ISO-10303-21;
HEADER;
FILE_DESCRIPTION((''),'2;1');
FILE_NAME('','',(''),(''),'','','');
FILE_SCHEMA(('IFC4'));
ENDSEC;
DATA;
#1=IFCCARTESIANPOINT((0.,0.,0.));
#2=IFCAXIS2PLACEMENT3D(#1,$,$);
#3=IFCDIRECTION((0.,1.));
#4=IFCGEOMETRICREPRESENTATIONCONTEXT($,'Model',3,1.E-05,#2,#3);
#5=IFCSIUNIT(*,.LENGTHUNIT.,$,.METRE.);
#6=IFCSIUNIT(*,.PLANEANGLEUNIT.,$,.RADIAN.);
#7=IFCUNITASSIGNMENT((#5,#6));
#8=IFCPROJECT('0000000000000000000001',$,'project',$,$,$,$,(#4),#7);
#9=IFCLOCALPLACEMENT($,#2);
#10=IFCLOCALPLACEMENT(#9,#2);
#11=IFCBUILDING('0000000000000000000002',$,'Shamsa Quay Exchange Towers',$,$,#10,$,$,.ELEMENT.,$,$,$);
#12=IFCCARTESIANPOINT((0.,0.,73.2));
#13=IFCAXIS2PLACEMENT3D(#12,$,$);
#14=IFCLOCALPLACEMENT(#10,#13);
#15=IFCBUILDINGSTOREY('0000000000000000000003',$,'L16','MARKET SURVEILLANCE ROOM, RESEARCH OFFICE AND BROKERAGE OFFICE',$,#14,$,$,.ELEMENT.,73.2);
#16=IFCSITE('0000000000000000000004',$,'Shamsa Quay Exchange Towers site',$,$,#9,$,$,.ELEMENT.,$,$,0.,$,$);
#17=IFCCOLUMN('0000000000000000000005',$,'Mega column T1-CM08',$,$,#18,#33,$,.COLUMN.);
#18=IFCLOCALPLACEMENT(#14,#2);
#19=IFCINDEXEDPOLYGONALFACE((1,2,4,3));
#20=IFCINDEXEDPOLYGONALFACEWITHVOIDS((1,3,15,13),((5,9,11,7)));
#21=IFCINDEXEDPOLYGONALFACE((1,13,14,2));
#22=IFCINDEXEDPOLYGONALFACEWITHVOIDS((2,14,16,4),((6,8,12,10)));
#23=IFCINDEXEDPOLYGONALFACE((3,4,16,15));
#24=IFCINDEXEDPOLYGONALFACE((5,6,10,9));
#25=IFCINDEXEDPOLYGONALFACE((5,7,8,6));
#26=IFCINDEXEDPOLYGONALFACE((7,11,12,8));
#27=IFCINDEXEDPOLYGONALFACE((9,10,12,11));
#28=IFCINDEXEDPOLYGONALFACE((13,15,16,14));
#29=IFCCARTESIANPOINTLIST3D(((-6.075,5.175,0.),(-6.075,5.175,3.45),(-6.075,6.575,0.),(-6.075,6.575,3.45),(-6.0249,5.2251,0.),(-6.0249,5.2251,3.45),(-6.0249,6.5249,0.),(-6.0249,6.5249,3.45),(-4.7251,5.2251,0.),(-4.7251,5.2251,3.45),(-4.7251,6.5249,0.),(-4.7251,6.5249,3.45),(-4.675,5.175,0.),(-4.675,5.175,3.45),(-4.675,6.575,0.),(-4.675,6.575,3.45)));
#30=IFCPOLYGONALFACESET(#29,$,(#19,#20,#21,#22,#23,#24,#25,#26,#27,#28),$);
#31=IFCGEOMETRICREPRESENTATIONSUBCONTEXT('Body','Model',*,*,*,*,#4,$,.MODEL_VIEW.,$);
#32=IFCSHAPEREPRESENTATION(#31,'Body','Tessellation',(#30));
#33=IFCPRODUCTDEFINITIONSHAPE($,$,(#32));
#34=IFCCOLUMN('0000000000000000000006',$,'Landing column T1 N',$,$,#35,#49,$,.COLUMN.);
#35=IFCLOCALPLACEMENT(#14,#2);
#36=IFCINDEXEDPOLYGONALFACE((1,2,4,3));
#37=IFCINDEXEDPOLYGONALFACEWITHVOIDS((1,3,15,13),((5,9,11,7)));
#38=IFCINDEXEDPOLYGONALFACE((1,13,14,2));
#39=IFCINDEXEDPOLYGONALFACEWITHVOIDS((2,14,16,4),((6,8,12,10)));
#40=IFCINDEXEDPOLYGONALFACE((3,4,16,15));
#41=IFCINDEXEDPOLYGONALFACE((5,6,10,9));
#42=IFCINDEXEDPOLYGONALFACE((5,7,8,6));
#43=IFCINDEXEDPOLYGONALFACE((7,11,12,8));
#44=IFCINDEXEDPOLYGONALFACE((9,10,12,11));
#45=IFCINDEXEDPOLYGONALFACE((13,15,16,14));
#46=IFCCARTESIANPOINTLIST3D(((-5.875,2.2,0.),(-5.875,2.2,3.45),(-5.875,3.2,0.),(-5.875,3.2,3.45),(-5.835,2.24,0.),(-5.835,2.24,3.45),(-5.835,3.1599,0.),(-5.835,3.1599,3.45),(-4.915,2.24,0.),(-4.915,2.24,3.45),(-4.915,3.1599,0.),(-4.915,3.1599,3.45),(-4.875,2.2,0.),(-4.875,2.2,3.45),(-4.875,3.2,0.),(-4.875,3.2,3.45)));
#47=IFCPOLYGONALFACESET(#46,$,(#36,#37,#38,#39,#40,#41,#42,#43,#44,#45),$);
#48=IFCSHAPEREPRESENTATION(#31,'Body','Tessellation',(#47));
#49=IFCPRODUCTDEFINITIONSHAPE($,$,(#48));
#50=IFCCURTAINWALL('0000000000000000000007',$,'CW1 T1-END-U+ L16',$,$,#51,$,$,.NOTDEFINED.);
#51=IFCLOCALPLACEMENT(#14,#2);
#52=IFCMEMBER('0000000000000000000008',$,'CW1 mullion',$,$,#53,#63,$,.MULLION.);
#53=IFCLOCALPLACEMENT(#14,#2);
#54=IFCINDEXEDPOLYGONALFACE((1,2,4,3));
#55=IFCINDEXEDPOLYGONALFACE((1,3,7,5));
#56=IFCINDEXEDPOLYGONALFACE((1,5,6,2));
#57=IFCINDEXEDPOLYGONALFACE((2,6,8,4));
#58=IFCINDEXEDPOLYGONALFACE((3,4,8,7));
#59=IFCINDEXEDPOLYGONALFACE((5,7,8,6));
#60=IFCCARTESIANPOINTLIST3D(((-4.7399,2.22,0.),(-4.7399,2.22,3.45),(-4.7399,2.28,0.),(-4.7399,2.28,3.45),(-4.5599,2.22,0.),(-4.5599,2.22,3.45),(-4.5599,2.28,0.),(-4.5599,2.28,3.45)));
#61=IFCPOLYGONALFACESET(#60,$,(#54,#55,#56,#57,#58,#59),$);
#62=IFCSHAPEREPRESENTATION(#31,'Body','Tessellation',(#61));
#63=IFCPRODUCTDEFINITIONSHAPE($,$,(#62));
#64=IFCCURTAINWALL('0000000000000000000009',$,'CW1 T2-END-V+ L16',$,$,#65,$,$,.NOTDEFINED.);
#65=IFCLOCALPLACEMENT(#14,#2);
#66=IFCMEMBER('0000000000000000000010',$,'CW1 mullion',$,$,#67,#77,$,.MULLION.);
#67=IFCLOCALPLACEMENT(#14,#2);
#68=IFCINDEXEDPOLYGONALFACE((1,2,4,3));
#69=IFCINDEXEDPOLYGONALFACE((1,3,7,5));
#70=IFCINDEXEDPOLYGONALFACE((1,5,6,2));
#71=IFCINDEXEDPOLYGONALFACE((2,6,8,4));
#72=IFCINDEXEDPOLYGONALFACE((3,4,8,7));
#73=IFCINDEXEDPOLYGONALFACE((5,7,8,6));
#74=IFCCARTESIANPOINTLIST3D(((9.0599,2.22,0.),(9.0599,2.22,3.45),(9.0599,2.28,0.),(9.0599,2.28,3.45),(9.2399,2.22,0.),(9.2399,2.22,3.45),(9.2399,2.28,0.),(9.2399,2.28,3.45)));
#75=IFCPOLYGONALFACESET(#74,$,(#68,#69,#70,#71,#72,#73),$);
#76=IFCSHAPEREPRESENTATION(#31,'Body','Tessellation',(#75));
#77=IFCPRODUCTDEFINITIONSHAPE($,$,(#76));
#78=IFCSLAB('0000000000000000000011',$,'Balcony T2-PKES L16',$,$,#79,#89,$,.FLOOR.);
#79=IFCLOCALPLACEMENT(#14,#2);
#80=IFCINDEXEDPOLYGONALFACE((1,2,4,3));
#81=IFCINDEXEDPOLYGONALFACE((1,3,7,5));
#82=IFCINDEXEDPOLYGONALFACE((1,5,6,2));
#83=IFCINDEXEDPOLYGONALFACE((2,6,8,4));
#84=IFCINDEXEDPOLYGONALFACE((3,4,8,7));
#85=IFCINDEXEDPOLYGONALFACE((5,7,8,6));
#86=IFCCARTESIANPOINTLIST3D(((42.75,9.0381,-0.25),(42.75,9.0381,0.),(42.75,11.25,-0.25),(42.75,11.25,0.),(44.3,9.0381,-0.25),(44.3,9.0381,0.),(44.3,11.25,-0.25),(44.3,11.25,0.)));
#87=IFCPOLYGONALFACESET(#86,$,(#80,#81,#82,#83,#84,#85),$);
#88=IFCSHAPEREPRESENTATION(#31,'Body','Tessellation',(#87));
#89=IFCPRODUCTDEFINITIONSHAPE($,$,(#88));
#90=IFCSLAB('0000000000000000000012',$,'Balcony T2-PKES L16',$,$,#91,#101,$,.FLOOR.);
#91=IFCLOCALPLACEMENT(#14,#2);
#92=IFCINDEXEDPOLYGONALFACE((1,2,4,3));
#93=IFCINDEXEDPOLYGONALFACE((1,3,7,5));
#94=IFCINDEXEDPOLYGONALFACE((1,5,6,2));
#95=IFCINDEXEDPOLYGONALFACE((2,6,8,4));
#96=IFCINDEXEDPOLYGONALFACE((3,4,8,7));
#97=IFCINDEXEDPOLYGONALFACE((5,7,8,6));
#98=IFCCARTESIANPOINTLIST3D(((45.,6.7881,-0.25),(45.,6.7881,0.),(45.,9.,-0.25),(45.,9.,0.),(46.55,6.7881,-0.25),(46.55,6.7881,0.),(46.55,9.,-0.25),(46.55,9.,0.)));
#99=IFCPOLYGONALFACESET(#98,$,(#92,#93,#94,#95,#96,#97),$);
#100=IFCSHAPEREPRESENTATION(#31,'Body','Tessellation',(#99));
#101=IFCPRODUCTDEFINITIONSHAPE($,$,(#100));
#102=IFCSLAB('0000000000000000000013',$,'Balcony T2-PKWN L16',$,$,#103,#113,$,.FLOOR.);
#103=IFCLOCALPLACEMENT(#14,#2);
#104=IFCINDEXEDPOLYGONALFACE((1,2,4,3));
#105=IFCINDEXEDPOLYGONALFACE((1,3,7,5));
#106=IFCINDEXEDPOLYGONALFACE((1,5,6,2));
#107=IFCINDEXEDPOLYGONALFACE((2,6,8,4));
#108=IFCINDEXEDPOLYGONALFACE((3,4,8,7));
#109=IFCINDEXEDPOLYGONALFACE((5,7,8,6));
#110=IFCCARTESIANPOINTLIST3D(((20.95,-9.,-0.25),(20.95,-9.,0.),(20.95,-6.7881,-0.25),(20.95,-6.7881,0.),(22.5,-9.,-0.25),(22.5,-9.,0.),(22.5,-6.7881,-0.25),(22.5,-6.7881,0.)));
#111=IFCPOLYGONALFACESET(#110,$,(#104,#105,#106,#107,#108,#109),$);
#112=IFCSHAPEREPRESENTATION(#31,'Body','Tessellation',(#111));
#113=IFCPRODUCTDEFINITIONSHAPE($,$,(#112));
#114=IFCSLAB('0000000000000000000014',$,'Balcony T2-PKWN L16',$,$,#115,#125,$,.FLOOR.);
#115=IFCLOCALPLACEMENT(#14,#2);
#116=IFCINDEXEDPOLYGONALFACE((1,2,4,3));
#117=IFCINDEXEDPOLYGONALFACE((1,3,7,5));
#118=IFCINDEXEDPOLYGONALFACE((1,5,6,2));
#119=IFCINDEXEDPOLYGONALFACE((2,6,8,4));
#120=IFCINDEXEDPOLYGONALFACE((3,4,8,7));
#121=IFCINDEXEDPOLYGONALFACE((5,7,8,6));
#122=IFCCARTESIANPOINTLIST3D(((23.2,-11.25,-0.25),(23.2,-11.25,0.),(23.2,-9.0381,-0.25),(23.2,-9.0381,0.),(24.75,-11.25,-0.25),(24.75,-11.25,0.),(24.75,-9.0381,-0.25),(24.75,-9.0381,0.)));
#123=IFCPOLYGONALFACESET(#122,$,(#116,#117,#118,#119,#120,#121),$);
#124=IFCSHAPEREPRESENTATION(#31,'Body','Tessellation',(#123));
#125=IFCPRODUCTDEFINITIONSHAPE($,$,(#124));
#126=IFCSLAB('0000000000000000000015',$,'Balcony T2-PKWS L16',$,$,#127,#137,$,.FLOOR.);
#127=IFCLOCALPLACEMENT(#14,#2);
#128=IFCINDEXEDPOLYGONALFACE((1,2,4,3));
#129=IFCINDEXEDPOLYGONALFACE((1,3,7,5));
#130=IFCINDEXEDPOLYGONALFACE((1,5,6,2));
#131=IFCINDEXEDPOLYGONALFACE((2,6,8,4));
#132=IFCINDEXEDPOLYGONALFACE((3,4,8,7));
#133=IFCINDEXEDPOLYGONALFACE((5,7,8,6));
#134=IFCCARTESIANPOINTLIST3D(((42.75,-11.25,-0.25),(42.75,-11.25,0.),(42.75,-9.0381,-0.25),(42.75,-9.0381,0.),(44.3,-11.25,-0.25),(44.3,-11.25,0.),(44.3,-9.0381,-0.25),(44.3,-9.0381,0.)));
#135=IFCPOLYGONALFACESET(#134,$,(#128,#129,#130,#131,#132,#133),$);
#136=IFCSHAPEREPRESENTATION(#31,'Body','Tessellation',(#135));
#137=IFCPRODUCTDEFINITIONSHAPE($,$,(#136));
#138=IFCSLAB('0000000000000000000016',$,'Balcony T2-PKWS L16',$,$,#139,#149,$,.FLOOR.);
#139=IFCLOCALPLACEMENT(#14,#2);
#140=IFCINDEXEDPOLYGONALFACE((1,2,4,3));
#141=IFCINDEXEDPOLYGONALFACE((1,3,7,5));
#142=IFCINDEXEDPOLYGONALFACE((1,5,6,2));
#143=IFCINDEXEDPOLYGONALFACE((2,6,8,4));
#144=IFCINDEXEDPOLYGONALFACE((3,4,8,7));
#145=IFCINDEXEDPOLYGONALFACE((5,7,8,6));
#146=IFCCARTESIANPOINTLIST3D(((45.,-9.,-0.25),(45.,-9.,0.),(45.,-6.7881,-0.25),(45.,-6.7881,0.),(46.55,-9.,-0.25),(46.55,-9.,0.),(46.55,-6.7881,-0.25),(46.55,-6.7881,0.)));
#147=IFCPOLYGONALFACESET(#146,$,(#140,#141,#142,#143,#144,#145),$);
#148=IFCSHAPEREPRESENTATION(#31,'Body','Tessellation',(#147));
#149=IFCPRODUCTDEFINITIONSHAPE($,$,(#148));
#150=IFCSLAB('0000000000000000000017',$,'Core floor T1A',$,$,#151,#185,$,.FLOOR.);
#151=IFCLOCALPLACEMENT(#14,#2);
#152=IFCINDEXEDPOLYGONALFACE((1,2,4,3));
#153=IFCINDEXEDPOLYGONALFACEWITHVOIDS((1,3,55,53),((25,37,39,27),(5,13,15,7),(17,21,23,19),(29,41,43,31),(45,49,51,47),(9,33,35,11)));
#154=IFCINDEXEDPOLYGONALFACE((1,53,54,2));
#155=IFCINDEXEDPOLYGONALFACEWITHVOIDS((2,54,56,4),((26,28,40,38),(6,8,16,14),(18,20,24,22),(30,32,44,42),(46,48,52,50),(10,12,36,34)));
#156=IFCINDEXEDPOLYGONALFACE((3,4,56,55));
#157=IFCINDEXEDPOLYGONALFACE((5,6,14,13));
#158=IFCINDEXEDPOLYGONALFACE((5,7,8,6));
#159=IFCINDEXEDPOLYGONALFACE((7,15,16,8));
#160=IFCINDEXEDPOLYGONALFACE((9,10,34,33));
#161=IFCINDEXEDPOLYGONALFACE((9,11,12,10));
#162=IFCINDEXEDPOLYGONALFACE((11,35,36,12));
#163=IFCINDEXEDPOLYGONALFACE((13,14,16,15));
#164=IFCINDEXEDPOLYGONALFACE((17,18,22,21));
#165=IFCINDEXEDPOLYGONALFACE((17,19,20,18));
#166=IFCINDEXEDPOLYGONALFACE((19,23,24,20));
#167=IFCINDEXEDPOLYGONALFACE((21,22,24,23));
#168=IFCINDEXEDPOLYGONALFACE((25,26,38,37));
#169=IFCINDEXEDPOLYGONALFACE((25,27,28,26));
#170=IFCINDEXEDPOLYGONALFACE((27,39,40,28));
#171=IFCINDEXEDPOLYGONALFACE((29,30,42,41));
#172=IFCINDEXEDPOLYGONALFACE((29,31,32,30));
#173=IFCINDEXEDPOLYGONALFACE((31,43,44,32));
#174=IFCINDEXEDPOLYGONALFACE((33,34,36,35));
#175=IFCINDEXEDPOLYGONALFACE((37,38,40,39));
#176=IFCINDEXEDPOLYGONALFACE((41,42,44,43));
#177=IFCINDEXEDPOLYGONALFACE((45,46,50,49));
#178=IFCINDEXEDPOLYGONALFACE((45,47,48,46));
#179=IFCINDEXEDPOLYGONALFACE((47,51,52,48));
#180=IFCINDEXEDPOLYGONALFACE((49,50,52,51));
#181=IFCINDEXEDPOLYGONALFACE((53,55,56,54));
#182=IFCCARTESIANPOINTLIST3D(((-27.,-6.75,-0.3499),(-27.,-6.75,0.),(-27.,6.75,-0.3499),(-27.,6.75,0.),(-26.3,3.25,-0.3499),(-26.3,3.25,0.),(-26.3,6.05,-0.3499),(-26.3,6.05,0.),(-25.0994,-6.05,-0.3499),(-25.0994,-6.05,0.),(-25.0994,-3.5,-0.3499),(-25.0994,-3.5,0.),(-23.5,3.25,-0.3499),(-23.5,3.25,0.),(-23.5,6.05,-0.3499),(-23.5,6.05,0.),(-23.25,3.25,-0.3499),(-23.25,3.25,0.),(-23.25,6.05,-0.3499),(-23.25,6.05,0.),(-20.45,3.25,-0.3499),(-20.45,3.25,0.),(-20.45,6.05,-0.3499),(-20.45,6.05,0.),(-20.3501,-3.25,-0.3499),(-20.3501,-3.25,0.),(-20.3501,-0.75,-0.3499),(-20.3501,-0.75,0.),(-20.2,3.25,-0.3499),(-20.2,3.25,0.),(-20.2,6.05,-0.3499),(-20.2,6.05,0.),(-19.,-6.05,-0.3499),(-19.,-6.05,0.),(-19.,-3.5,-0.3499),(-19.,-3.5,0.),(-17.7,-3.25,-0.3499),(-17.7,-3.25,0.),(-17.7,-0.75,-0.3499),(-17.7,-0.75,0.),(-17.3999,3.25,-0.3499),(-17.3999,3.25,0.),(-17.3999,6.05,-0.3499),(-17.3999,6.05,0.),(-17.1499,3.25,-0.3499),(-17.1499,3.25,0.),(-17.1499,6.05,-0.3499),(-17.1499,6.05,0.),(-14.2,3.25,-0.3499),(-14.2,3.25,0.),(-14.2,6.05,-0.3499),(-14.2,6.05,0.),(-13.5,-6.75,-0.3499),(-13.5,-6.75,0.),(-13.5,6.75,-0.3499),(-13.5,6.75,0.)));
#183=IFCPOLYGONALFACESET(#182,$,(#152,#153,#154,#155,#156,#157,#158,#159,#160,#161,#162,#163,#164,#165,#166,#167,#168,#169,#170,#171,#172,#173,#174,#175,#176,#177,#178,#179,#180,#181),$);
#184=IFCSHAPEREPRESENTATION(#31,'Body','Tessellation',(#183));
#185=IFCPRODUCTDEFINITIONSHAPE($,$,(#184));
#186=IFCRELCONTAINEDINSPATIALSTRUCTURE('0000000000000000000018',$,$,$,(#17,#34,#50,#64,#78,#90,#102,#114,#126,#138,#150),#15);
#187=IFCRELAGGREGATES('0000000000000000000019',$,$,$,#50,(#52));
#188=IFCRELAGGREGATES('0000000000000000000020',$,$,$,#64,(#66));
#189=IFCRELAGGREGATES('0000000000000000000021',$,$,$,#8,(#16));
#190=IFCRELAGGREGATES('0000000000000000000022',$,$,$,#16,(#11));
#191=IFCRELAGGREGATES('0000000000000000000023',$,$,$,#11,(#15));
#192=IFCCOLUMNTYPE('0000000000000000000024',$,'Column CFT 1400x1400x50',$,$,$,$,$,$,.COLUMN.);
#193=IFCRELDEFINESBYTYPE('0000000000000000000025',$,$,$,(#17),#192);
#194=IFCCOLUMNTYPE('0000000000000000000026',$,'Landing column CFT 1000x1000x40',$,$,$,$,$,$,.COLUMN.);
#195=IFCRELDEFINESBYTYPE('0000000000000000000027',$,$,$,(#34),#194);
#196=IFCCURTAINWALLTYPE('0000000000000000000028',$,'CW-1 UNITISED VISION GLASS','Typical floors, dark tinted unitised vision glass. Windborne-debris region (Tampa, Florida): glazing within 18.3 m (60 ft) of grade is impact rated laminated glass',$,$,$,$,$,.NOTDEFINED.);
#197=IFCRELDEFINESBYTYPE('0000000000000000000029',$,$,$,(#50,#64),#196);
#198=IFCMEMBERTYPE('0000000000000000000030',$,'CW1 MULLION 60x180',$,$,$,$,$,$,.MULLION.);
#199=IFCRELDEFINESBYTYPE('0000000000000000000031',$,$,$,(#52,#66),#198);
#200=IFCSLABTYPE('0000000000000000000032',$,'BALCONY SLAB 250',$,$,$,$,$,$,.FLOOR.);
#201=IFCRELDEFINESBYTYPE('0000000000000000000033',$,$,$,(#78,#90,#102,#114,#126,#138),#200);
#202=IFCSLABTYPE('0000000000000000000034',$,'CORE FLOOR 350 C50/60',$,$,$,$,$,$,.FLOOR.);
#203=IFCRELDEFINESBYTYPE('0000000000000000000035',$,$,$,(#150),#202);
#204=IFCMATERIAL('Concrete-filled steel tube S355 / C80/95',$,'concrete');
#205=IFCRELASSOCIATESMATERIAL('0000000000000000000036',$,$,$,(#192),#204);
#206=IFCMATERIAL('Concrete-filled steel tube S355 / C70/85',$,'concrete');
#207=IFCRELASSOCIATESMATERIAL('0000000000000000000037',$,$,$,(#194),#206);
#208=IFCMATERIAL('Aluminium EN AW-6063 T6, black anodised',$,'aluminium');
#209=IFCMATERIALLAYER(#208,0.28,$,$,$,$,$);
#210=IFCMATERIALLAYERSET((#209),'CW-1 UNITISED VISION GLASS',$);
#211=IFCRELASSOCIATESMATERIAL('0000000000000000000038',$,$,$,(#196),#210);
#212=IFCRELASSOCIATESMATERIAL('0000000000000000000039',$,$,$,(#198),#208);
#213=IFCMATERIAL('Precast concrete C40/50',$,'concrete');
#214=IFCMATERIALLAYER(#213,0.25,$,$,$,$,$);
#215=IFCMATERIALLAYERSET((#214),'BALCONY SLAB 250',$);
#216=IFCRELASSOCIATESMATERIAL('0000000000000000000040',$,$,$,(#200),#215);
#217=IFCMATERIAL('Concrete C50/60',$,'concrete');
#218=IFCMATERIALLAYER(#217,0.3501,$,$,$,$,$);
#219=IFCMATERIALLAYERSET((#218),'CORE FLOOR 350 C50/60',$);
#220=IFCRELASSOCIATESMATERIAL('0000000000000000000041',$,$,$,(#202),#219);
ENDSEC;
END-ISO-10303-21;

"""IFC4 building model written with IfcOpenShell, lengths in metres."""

from ifc_helpers import new_model, si_unit, direction, frame, origin, origin_2d, place, context, subcontext, project, spatial, polyline, rectangle, hollow_rectangle, outline, extrude, material, layer, layer_set, material_profile, profile_set, type_object, element, aggregate, save


model = new_model("IFC4")

# Units and contexts
model_context = context("Model", 3, precision=1e-05, world=origin(), true_north=direction((0.0, 1.0)))
body_context = subcontext(model_context, "Body", "Model", "MODEL_VIEW")
ifc_project = project(units=[si_unit("LENGTHUNIT", "METRE"), si_unit("PLANEANGLEUNIT", "RADIAN")], contexts=[model_context])

# Site, building, storey
site_placement = place(None, origin())
site = spatial("IfcSite", under=ifc_project, at=site_placement, Name="Shamsa Quay Exchange Towers site", CompositionType="ELEMENT", RefElevation=0.0)
building_placement = place(site_placement, origin())
building = spatial("IfcBuilding", under=site, at=building_placement, Name="Shamsa Quay Exchange Towers", CompositionType="ELEMENT")
storey_placement = place(building_placement, frame((0.0, 0.0, 73.2)))
storey = spatial("IfcBuildingStorey", under=building, at=storey_placement, Name="L16", Description="MARKET SURVEILLANCE ROOM, RESEARCH OFFICE AND BROKERAGE OFFICE", CompositionType="ELEMENT", Elevation=73.2)

# Columns
ifc_material_1 = material(Name="Concrete-filled steel tube S355 / C80/95", Category="concrete")
ifc_material_profile_1 = material_profile(ifc_material_1, hollow_rectangle(XDim=1.3999, YDim=1.3999, WallThickness=0.05, at=origin_2d()), Name="CFT 1400x1400x50")
ifc_profile_set_1 = profile_set([ifc_material_profile_1], Name="Concrete-filled steel tube S355 / C80/95")
column_type_1 = type_object("IfcColumnType", Name="Column CFT 1400x1400x50", PredefinedType="COLUMN", material=ifc_profile_set_1)
column_1_placement = place(storey_placement, frame((-5.375, 5.875, 0.0)))
element("IfcColumn", 1, at=column_1_placement, inside=storey, type_object=column_type_1, Name="Mega column T1-CM08", PredefinedType="COLUMN", context=body_context, shape_type="SweptSolid", body=[
    extrude(hollow_rectangle(XDim=1.3999, YDim=1.3999, WallThickness=0.05, at=origin_2d()), origin(), (0.0, 0.0, 1.0), 3.45),
])
ifc_material_2 = material(Name="Concrete-filled steel tube S355 / C70/85", Category="concrete")
ifc_material_profile_2 = material_profile(ifc_material_2, hollow_rectangle(XDim=1.0, YDim=1.0, WallThickness=0.04, at=origin_2d()), Name="CFT 1000x1000x40")
ifc_profile_set_2 = profile_set([ifc_material_profile_2], Name="Concrete-filled steel tube S355 / C70/85")
column_type_2 = type_object("IfcColumnType", Name="Landing column CFT 1000x1000x40", PredefinedType="COLUMN", material=ifc_profile_set_2)
column_2_placement = place(storey_placement, frame((-5.375, 2.7, 0.0)))
element("IfcColumn", 2, at=column_2_placement, inside=storey, type_object=column_type_2, Name="Landing column T1 N", PredefinedType="COLUMN", context=body_context, shape_type="SweptSolid", body=[
    extrude(hollow_rectangle(XDim=1.0, YDim=1.0, WallThickness=0.04, at=origin_2d()), origin(), (0.0, 0.0, 1.0), 3.45),
])

# Curtain walls, members
ifc_material_3 = material(Name="Aluminium EN AW-6063 T6, black anodised", Category="aluminium")
ifc_layer_1 = layer(ifc_material_3, 0.28)
ifc_layer_set_1 = layer_set([ifc_layer_1], Name="CW-1 UNITISED VISION GLASS")
curtain_wall_type = type_object("IfcCurtainWallType", Name="CW-1 UNITISED VISION GLASS", Description="Typical floors, dark tinted unitised vision glass. Windborne-debris region (Tampa, Florida): glazing within 18.3 m (60 ft) of grade is impact rated laminated glass", PredefinedType="NOTDEFINED", material=ifc_layer_set_1)
curtain_wall_1_placement = place(storey_placement, origin())
curtain_wall_1 = element("IfcCurtainWall", 3, at=curtain_wall_1_placement, inside=storey, type_object=curtain_wall_type, Name="CW1 T1-END-U+ L16", PredefinedType="NOTDEFINED")
ifc_material_profile_3 = material_profile(ifc_material_3, rectangle(XDim=0.1799, YDim=0.0601, at=origin_2d()), Name="MU60x180")
ifc_profile_set_3 = profile_set([ifc_material_profile_3], Name="Aluminium EN AW-6063 T6, black anodised")
member_type = type_object("IfcMemberType", Name="CW1 MULLION 60x180", PredefinedType="MULLION", material=ifc_profile_set_3)
member_1_placement = place(storey_placement, frame((-4.6499, 2.25, 0.0), z_axis=(0.0, 0.0, 1.0), x_axis=(-1.0, 0.0, 0.0)))
member_1 = element("IfcMember", 4, at=member_1_placement, type_object=member_type, Name="CW1 mullion", PredefinedType="MULLION", context=body_context, shape_type="SweptSolid", body=[
    extrude(rectangle(XDim=0.1799, YDim=0.0601, at=origin_2d()), origin(), (0.0, 0.0, 1.0), 3.45),
])
curtain_wall_2_placement = place(storey_placement, origin())
curtain_wall_2 = element("IfcCurtainWall", 5, at=curtain_wall_2_placement, inside=storey, type_object=curtain_wall_type, Name="CW1 T2-END-V+ L16", PredefinedType="NOTDEFINED")
member_2_placement = place(storey_placement, frame((9.1499, 2.25, 0.0)))
member_2 = element("IfcMember", 6, at=member_2_placement, type_object=member_type, Name="CW1 mullion", PredefinedType="MULLION", context=body_context, shape_type="SweptSolid", body=[
    extrude(rectangle(XDim=0.1799, YDim=0.0601, at=origin_2d()), origin(), (0.0, 0.0, 1.0), 3.45),
])

# Slabs
ifc_material_4 = material(Name="Precast concrete C40/50", Category="concrete")
ifc_layer_2 = layer(ifc_material_4, 0.25)
ifc_layer_set_2 = layer_set([ifc_layer_2], Name="BALCONY SLAB 250")
slab_type_1 = type_object("IfcSlabType", Name="BALCONY SLAB 250", PredefinedType="FLOOR", material=ifc_layer_set_2)
slab_1_placement = place(storey_placement, frame((0.0, 0.0, -0.25)))
element("IfcSlab", 7, at=slab_1_placement, inside=storey, type_object=slab_type_1, Name="Balcony T2-PKES L16", PredefinedType="FLOOR", context=body_context, shape_type="SweptSolid", body=[
    extrude(outline(polyline([(42.75, 9.0381), (42.75, 11.25), (44.3, 11.25), (44.3, 9.0381), (42.75, 9.0381)])), origin(), (0.0, 0.0, 1.0), 0.25),
])
slab_2_placement = place(storey_placement, frame((0.0, 0.0, -0.25)))
element("IfcSlab", 8, at=slab_2_placement, inside=storey, type_object=slab_type_1, Name="Balcony T2-PKES L16", PredefinedType="FLOOR", context=body_context, shape_type="SweptSolid", body=[
    extrude(outline(polyline([(45.0, 6.7881), (45.0, 9.0), (46.55, 9.0), (46.55, 6.7881), (45.0, 6.7881)])), origin(), (0.0, 0.0, 1.0), 0.25),
])
slab_3_placement = place(storey_placement, frame((0.0, 0.0, -0.25)))
element("IfcSlab", 9, at=slab_3_placement, inside=storey, type_object=slab_type_1, Name="Balcony T2-PKWN L16", PredefinedType="FLOOR", context=body_context, shape_type="SweptSolid", body=[
    extrude(outline(polyline([(22.5, -6.7881), (22.5, -9.0), (20.95, -9.0), (20.95, -6.7881), (22.5, -6.7881)])), origin(), (0.0, 0.0, 1.0), 0.25),
])
slab_4_placement = place(storey_placement, frame((0.0, 0.0, -0.25)))
element("IfcSlab", 10, at=slab_4_placement, inside=storey, type_object=slab_type_1, Name="Balcony T2-PKWN L16", PredefinedType="FLOOR", context=body_context, shape_type="SweptSolid", body=[
    extrude(outline(polyline([(24.75, -9.0381), (24.75, -11.25), (23.2, -11.25), (23.2, -9.0381), (24.75, -9.0381)])), origin(), (0.0, 0.0, 1.0), 0.25),
])
slab_5_placement = place(storey_placement, frame((0.0, 0.0, -0.25)))
element("IfcSlab", 11, at=slab_5_placement, inside=storey, type_object=slab_type_1, Name="Balcony T2-PKWS L16", PredefinedType="FLOOR", context=body_context, shape_type="SweptSolid", body=[
    extrude(outline(polyline([(42.75, -11.25), (42.75, -9.0381), (44.3, -9.0381), (44.3, -11.25), (42.75, -11.25)])), origin(), (0.0, 0.0, 1.0), 0.25),
])
slab_6_placement = place(storey_placement, frame((0.0, 0.0, -0.25)))
element("IfcSlab", 12, at=slab_6_placement, inside=storey, type_object=slab_type_1, Name="Balcony T2-PKWS L16", PredefinedType="FLOOR", context=body_context, shape_type="SweptSolid", body=[
    extrude(outline(polyline([(45.0, -9.0), (45.0, -6.7881), (46.55, -6.7881), (46.55, -9.0), (45.0, -9.0)])), origin(), (0.0, 0.0, 1.0), 0.25),
])
ifc_material_5 = material(Name="Concrete C50/60", Category="concrete")
ifc_layer_3 = layer(ifc_material_5, 0.3501)
ifc_layer_set_3 = layer_set([ifc_layer_3], Name="CORE FLOOR 350 C50/60")
slab_type_2 = type_object("IfcSlabType", Name="CORE FLOOR 350 C50/60", PredefinedType="FLOOR", material=ifc_layer_set_3)
slab_7_placement = place(storey_placement, frame((0.0, 0.0, -0.3499)))
element("IfcSlab", 13, at=slab_7_placement, inside=storey, type_object=slab_type_2, Name="Core floor T1A", PredefinedType="FLOOR", context=body_context, shape_type="SweptSolid", body=[
    extrude(outline(polyline([(-27.0, -6.75), (-13.5, -6.75), (-13.5, 6.75), (-27.0, 6.75), (-27.0, -6.75)]), holes=[polyline([(-25.0994, -6.05), (-25.0994, -3.5), (-19.0, -3.5), (-19.0, -6.05), (-25.0994, -6.05)]), polyline([(-26.3, 3.25), (-26.3, 6.05), (-23.5, 6.05), (-23.5, 3.25), (-26.3, 3.25)]), polyline([(-23.25, 3.25), (-23.25, 6.05), (-20.45, 6.05), (-20.45, 3.25), (-23.25, 3.25)]), polyline([(-20.2, 3.25), (-20.2, 6.05), (-17.3999, 6.05), (-17.3999, 3.25), (-20.2, 3.25)]), polyline([(-17.1499, 3.25), (-17.1499, 6.05), (-14.2, 6.05), (-14.2, 3.25), (-17.1499, 3.25)]), polyline([(-20.3501, -3.25), (-20.3501, -0.75), (-17.7, -0.75), (-17.7, -3.25), (-20.3501, -3.25)])]), origin(), (0.0, 0.0, 1.0), 0.3499),
])

aggregate(curtain_wall_1, [member_1])
aggregate(curtain_wall_2, [member_2])

save(model, "model.ifc")
